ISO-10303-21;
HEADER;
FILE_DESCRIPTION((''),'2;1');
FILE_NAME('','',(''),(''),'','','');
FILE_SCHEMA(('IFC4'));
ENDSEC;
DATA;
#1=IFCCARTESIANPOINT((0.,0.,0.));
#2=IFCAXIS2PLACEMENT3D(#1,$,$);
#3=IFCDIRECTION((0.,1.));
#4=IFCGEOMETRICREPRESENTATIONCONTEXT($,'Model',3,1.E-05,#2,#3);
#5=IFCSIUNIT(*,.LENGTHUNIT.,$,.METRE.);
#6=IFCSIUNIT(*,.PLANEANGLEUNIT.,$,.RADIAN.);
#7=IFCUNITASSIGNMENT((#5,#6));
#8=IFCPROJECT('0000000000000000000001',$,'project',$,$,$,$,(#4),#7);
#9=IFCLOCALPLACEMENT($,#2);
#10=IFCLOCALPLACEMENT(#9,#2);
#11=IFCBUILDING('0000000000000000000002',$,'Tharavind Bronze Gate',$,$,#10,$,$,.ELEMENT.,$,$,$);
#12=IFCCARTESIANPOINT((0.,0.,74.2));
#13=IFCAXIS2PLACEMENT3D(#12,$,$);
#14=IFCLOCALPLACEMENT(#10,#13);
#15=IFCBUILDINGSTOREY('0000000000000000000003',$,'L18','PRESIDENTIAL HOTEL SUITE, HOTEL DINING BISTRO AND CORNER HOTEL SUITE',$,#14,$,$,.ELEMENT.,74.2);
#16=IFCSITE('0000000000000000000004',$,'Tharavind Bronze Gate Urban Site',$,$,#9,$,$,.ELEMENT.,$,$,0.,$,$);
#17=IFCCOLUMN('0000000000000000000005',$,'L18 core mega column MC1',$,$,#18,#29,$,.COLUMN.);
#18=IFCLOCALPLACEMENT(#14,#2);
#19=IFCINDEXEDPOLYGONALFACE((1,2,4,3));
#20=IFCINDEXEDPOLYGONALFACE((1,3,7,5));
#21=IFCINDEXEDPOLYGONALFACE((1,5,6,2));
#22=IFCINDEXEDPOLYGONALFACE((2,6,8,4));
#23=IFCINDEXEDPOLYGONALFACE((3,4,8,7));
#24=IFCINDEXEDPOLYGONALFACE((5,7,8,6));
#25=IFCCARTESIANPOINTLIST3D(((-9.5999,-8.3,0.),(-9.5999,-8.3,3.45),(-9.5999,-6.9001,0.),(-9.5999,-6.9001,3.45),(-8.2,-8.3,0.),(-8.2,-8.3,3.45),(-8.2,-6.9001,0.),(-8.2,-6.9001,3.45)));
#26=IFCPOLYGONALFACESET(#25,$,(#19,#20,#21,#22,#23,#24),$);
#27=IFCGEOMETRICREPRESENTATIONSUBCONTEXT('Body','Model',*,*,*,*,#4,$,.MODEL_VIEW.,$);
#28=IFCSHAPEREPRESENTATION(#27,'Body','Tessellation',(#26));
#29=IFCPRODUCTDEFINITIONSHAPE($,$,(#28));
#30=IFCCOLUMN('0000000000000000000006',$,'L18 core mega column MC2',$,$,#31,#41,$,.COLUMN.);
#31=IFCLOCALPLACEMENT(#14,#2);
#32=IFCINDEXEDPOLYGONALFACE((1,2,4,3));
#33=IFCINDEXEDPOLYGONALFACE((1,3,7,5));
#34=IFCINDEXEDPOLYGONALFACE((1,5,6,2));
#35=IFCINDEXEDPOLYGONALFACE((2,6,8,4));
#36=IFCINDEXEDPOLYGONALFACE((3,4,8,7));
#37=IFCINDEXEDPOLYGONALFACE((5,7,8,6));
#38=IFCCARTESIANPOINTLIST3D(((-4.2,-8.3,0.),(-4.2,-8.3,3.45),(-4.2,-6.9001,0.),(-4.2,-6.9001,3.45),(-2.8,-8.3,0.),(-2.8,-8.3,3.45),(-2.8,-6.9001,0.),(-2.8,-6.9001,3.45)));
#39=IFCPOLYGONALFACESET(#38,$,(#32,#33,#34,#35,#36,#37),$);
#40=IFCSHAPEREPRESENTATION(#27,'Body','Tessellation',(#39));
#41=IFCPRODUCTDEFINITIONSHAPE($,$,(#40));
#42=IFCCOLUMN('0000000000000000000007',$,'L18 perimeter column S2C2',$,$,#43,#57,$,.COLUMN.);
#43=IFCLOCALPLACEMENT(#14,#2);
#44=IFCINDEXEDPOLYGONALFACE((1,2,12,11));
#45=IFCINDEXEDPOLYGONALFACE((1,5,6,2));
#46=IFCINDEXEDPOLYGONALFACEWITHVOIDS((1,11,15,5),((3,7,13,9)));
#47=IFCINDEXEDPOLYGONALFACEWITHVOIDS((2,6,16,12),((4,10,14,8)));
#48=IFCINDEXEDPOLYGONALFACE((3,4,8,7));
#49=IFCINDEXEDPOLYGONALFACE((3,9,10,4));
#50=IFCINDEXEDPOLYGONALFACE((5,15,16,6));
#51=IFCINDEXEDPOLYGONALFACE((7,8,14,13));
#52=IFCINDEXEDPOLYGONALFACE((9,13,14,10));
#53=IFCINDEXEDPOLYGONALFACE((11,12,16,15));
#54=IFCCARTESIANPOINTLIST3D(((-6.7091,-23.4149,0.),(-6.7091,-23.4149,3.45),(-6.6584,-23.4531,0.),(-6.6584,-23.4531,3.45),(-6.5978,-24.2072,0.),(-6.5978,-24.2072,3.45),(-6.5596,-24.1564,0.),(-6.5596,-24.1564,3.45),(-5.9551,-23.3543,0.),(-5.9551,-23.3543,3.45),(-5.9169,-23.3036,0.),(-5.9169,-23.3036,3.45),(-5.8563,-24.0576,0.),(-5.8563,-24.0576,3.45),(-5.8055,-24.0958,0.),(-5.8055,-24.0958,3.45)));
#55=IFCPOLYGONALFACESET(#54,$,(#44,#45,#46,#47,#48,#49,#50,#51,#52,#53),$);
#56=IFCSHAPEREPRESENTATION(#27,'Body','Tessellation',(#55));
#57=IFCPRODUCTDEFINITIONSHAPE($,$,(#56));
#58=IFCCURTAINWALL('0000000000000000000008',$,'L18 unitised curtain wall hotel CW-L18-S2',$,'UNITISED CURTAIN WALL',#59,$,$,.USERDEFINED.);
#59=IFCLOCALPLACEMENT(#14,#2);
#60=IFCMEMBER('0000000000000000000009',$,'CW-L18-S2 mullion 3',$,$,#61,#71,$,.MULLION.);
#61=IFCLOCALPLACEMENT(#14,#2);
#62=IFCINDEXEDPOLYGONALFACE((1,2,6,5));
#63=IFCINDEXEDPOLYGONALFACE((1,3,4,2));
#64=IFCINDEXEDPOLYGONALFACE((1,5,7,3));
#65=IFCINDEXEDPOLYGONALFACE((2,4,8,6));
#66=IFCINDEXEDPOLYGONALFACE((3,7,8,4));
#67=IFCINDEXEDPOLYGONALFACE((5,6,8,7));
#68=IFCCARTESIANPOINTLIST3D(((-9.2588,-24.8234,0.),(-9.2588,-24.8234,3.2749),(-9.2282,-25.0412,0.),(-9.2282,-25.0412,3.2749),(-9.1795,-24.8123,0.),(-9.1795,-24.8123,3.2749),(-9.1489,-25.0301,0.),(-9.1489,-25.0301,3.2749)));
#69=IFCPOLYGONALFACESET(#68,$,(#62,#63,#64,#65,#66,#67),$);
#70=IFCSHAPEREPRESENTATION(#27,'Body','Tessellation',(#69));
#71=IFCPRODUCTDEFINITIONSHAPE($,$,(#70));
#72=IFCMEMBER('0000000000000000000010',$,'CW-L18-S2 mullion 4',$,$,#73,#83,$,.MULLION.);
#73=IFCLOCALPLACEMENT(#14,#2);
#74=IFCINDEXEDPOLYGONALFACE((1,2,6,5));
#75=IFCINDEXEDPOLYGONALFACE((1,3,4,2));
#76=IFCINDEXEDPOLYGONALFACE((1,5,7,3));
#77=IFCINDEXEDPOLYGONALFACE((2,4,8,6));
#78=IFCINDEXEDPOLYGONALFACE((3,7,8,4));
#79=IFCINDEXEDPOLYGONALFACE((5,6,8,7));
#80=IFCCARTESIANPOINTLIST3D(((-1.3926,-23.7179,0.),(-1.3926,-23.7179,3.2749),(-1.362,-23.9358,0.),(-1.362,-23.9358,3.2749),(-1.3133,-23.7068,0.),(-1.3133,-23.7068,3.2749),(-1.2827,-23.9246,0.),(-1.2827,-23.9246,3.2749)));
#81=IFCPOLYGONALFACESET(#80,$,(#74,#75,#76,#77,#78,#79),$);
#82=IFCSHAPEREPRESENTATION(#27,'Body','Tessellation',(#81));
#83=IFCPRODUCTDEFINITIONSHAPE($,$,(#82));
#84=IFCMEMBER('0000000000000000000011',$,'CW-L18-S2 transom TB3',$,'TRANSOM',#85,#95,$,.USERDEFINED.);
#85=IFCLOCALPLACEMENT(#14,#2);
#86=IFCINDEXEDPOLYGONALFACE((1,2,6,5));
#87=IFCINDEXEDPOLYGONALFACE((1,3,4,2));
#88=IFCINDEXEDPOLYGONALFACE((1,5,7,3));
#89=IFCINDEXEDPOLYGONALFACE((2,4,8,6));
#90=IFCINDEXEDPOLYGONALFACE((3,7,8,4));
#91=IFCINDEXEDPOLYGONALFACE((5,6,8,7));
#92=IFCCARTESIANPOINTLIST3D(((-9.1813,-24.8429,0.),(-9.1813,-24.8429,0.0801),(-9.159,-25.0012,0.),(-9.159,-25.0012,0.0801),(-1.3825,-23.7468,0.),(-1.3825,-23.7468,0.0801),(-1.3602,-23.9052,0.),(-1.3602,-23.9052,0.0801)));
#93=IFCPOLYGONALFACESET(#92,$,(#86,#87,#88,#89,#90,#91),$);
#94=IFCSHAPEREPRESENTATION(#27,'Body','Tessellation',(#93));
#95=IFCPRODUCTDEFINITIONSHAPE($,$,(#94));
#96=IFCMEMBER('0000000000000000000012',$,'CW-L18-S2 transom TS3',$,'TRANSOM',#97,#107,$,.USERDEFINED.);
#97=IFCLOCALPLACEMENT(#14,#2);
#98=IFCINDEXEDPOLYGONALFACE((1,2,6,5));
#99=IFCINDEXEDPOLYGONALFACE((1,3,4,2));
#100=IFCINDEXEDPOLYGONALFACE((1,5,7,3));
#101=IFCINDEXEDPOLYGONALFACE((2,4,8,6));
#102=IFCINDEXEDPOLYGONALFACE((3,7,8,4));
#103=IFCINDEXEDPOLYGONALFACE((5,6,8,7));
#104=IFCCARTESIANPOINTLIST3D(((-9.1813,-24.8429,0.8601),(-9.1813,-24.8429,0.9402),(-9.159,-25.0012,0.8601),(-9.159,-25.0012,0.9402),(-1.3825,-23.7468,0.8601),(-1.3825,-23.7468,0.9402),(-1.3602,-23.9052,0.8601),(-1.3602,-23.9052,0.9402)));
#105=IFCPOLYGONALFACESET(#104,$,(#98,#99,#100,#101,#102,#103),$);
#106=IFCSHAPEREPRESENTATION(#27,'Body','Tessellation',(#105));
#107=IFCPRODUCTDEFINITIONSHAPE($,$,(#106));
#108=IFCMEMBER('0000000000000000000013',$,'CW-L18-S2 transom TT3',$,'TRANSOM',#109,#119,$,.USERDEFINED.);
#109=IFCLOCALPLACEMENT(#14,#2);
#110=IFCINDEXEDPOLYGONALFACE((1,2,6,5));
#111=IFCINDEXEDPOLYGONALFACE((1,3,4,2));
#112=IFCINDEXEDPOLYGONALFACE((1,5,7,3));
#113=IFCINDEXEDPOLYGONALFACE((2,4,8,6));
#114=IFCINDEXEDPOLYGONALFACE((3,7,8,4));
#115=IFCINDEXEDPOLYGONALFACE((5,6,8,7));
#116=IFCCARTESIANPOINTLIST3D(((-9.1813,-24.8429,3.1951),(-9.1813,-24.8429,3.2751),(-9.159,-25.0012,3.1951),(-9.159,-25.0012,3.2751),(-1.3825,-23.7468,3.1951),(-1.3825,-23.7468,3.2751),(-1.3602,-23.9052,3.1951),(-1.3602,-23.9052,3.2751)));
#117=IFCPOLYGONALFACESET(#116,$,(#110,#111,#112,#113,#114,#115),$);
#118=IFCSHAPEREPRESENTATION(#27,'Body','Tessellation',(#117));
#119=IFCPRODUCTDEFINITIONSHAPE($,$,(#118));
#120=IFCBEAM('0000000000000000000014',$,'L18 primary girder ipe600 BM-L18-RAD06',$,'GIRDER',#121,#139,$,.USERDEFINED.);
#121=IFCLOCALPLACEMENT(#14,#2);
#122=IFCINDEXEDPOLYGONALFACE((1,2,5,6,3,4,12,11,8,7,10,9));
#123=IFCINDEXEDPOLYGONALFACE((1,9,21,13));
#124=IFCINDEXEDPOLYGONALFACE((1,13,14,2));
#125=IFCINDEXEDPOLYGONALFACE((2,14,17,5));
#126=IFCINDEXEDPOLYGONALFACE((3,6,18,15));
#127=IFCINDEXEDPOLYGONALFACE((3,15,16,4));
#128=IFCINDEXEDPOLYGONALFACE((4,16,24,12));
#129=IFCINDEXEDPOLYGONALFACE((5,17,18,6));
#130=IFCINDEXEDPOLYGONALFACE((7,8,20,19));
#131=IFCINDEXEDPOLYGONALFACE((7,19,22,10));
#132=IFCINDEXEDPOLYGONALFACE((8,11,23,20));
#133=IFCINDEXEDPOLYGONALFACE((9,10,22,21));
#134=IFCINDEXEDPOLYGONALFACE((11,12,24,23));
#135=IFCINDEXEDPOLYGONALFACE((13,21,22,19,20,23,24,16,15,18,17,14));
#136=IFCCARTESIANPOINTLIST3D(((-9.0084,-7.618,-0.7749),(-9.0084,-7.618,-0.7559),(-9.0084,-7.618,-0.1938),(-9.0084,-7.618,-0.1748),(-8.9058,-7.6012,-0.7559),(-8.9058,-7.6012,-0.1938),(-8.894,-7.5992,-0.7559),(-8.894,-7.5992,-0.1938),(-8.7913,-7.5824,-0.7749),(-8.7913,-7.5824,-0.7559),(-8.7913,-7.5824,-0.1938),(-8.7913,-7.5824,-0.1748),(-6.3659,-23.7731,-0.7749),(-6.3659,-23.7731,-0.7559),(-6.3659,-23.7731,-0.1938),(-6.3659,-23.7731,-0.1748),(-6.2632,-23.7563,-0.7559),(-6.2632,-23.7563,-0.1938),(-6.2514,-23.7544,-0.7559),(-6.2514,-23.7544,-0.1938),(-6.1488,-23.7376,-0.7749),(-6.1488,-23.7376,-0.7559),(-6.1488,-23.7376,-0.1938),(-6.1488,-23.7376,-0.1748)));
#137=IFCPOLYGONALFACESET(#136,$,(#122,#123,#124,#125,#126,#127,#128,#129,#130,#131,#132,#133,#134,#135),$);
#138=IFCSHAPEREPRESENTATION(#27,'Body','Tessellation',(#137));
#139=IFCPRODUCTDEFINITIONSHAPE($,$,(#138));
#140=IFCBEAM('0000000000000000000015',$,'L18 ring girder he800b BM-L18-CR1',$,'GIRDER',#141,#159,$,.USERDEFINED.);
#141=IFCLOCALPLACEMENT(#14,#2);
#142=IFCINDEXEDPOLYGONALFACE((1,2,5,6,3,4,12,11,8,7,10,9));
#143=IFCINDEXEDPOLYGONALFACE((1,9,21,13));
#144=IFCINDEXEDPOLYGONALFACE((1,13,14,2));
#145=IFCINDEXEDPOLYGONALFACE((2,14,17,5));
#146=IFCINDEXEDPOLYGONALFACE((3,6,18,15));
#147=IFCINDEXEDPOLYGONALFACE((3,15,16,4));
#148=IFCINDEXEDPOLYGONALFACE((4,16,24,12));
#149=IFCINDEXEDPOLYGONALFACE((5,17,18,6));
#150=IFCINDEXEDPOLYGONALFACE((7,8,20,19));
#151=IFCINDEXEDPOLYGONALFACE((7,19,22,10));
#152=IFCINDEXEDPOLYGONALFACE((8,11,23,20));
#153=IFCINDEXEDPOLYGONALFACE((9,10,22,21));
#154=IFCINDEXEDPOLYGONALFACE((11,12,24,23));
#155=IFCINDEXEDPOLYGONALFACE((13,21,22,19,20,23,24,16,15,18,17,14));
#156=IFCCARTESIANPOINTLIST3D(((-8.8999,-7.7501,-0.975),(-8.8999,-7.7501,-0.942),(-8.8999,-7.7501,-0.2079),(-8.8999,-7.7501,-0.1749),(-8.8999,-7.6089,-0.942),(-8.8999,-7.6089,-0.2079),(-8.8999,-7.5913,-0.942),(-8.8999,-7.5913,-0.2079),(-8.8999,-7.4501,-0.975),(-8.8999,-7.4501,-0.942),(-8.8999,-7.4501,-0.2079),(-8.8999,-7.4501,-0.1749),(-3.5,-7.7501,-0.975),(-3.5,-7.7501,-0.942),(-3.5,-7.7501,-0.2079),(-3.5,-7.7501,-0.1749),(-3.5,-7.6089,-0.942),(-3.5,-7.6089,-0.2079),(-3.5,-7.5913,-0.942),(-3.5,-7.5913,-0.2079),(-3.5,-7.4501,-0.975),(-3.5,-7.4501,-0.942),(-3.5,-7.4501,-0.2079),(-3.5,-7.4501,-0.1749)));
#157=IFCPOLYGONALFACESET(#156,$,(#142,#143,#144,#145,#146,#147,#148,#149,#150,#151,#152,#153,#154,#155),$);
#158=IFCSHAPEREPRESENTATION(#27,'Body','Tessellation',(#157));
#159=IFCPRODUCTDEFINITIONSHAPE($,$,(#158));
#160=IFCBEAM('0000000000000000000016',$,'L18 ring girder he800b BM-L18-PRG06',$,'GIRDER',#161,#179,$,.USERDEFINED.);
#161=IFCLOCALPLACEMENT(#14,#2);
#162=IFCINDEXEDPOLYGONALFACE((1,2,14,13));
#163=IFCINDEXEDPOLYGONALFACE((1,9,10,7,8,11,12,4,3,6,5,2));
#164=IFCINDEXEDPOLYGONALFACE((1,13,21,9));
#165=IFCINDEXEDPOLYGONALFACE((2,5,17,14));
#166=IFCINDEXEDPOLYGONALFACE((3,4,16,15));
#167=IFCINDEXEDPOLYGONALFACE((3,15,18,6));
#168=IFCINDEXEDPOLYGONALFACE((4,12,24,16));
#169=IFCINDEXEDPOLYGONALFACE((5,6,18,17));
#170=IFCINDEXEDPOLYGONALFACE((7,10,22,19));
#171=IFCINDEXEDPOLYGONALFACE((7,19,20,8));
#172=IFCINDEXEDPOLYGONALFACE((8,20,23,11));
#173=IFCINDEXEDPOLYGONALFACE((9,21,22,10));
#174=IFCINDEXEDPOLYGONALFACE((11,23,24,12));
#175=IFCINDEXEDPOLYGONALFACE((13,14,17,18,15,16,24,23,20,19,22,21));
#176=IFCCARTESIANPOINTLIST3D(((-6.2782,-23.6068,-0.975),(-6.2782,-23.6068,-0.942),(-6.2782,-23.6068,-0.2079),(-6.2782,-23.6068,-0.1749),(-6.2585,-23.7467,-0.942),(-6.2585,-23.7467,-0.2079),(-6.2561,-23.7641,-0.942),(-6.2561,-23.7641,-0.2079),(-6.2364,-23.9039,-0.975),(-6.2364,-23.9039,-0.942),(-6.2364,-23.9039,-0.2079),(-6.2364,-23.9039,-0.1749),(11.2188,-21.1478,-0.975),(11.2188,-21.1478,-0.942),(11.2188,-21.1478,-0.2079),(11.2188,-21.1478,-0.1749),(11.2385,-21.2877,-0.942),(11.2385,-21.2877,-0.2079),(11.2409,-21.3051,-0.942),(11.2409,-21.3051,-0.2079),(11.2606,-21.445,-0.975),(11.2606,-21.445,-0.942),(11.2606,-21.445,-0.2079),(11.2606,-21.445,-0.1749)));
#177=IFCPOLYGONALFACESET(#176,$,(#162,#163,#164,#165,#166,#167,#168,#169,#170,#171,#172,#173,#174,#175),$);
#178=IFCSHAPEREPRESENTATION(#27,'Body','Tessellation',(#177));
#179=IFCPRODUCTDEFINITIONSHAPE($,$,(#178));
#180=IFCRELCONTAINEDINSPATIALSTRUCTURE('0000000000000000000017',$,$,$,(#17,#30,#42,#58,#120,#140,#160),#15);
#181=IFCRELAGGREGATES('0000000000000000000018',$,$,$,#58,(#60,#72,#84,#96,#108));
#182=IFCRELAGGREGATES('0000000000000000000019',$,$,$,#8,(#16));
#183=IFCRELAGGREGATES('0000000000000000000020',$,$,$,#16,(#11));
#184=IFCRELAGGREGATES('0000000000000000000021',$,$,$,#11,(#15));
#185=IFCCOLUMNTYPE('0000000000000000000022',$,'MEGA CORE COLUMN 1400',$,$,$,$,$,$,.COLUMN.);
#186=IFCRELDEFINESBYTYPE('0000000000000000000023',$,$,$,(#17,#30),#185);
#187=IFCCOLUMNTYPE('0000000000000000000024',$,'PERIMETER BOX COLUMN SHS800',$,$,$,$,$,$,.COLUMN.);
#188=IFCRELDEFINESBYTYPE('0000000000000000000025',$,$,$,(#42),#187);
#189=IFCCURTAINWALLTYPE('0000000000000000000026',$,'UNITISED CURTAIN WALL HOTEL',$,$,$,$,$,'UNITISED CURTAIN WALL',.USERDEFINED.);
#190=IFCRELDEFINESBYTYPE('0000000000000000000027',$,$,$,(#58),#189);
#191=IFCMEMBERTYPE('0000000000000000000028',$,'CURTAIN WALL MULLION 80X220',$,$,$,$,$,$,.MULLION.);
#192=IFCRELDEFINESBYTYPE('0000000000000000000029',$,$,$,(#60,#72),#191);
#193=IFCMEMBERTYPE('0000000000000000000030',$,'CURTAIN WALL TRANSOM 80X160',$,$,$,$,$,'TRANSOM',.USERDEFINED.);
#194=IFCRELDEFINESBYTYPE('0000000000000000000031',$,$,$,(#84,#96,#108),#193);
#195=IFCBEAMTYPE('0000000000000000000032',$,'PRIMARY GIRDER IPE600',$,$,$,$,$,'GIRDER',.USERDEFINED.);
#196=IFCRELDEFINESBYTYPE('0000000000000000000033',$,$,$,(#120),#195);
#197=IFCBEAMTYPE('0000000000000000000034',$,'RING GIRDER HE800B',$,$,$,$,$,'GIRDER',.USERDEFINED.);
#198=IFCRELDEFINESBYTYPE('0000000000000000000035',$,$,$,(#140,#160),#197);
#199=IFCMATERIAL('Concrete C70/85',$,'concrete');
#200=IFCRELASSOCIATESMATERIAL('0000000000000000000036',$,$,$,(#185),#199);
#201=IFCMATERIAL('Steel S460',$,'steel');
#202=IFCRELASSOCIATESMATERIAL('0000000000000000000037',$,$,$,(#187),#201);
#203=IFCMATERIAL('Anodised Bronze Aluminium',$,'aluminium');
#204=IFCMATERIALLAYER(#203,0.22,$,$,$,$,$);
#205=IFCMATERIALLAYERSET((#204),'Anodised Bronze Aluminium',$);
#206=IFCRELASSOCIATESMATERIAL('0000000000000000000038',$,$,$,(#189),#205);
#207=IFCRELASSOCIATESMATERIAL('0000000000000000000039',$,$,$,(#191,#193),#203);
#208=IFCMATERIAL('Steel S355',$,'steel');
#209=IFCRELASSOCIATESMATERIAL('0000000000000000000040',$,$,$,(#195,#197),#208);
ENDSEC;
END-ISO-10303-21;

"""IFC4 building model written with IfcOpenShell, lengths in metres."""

from ifc_helpers import new_model, si_unit, direction, frame, origin, origin_2d, place, context, subcontext, project, spatial, rectangle, hollow_rectangle, i_section, extrude, material, layer, layer_set, material_profile, profile_set, type_object, element, aggregate, save


model = new_model("IFC4")

# Units and contexts
model_context = context("Model", 3, precision=1e-05, world=origin(), true_north=direction((0.0, 1.0)))
body_context = subcontext(model_context, "Body", "Model", "MODEL_VIEW")
ifc_project = project(units=[si_unit("LENGTHUNIT", "METRE"), si_unit("PLANEANGLEUNIT", "RADIAN")], contexts=[model_context])

# Site, building, storey
site_placement = place(None, origin())
site = spatial("IfcSite", under=ifc_project, at=site_placement, Name="Tharavind Bronze Gate Urban Site", CompositionType="ELEMENT", RefElevation=0.0)
building_placement = place(site_placement, origin())
building = spatial("IfcBuilding", under=site, at=building_placement, Name="Tharavind Bronze Gate", CompositionType="ELEMENT")
storey_placement = place(building_placement, frame((0.0, 0.0, 74.2)))
storey = spatial("IfcBuildingStorey", under=building, at=storey_placement, Name="L18", Description="PRESIDENTIAL HOTEL SUITE, HOTEL DINING BISTRO AND CORNER HOTEL SUITE", CompositionType="ELEMENT", Elevation=74.2)

# Columns
ifc_material_1 = material(Name="Concrete C70/85", Category="concrete")
ifc_material_profile_1 = material_profile(ifc_material_1, rectangle(XDim=1.3999, YDim=1.3999, at=origin_2d()), Name="RCCOL1400")
ifc_profile_set_1 = profile_set([ifc_material_profile_1], Name="Concrete C70/85")
column_type_1 = type_object("IfcColumnType", Name="MEGA CORE COLUMN 1400", PredefinedType="COLUMN", material=ifc_profile_set_1)
for number, where, z_axis, x_axis, name in (
    (1, (-8.8999, -7.6001, 0.0), (0.0, 0.0, 1.0), (1.0, 0.0, 0.0), "L18 core mega column MC1"),
    (2, (-3.5, -7.6001, 0.0), (0.0, 0.0, 1.0), (1.0, 0.0, 0.0), "L18 core mega column MC2"),
):
    element("IfcColumn", number, at=place(storey_placement, frame(where, z_axis=z_axis, x_axis=x_axis)), inside=storey, type_object=column_type_1, Name=name, PredefinedType="COLUMN", context=body_context, shape_type="SweptSolid", body=[
        extrude(rectangle(XDim=1.3999, YDim=1.3999, at=origin_2d()), origin(), (0.0, 0.0, 1.0), 3.45),
    ])
ifc_material_2 = material(Name="Steel S460", Category="steel")
ifc_material_profile_2 = material_profile(ifc_material_2, hollow_rectangle(XDim=0.8, YDim=0.8, WallThickness=0.0449, at=origin_2d()), Name="SHS800X45")
ifc_profile_set_2 = profile_set([ifc_material_profile_2], Name="Steel S460")
column_type_2 = type_object("IfcColumnType", Name="PERIMETER BOX COLUMN SHS800", PredefinedType="COLUMN", material=ifc_profile_set_2)
column_placement = place(storey_placement, frame((-6.2573, -23.7554, 0.0), z_axis=(0.0, 0.0, 1.0), x_axis=(0.990268, 0.139173, 0.0)))
element("IfcColumn", 3, at=column_placement, inside=storey, type_object=column_type_2, Name="L18 perimeter column S2C2", PredefinedType="COLUMN", context=body_context, shape_type="SweptSolid", body=[
    extrude(hollow_rectangle(XDim=0.8, YDim=0.8, WallThickness=0.0449, at=origin_2d()), origin(), (0.0, 0.0, 1.0), 3.45),
])

# Curtain wall, members
ifc_material_3 = material(Name="Anodised Bronze Aluminium", Category="aluminium")
ifc_layer_1 = layer(ifc_material_3, 0.22)
ifc_layer_set_1 = layer_set([ifc_layer_1], Name="Anodised Bronze Aluminium")
curtain_wall_type = type_object("IfcCurtainWallType", Name="UNITISED CURTAIN WALL HOTEL", ElementType="UNITISED CURTAIN WALL", PredefinedType="USERDEFINED", material=ifc_layer_set_1)
curtain_wall_placement = place(storey_placement, origin())
curtain_wall = element("IfcCurtainWall", 4, at=curtain_wall_placement, inside=storey, type_object=curtain_wall_type, Name="L18 unitised curtain wall hotel CW-L18-S2", ObjectType="UNITISED CURTAIN WALL", PredefinedType="USERDEFINED")
member_type_1 = type_object("IfcMemberType", Name="CURTAIN WALL MULLION 80X220", PredefinedType="MULLION", material=ifc_material_3)
member_1_placement = place(storey_placement, frame((-9.2039, -24.9268, 0.0), z_axis=(0.0, 0.0, 1.0), x_axis=(0.990268, 0.139173, 0.0)))
member_1 = element("IfcMember", 5, at=member_1_placement, type_object=member_type_1, Name="CW-L18-S2 mullion 3", PredefinedType="MULLION", context=body_context, shape_type="SweptSolid", body=[
    extrude(rectangle(XDim=0.0801, YDim=0.22, at=origin_2d()), origin(), (0.0, 0.0, 1.0), 3.2749),
])
member_2_placement = place(storey_placement, frame((-1.3376, -23.8213, 0.0), z_axis=(0.0, 0.0, 1.0), x_axis=(0.990268, 0.139173, 0.0)))
member_2 = element("IfcMember", 6, at=member_2_placement, type_object=member_type_1, Name="CW-L18-S2 mullion 4", PredefinedType="MULLION", context=body_context, shape_type="SweptSolid", body=[
    extrude(rectangle(XDim=0.0801, YDim=0.22, at=origin_2d()), origin(), (0.0, 0.0, 1.0), 3.2749),
])
member_type_2 = type_object("IfcMemberType", Name="CURTAIN WALL TRANSOM 80X160", ElementType="TRANSOM", PredefinedType="USERDEFINED", material=ifc_material_3)
member_3_placement = place(storey_placement, frame((-5.2708, -24.374, 0.0), z_axis=(0.0, 0.0, 1.0), x_axis=(0.990268, 0.139173, 0.0)))
member_3 = element("IfcMember", 7, at=member_3_placement, type_object=member_type_2, Name="CW-L18-S2 transom TB3", ObjectType="TRANSOM", PredefinedType="USERDEFINED", context=body_context, shape_type="SweptSolid", body=[
    extrude(rectangle(XDim=7.8755, YDim=0.1599, at=origin_2d()), origin(), (0.0, 0.0, 1.0), 0.0801),
])
member_4_placement = place(storey_placement, frame((-5.2708, -24.374, 0.8601), z_axis=(0.0, 0.0, 1.0), x_axis=(0.990268, 0.139173, 0.0)))
member_4 = element("IfcMember", 8, at=member_4_placement, type_object=member_type_2, Name="CW-L18-S2 transom TS3", ObjectType="TRANSOM", PredefinedType="USERDEFINED", context=body_context, shape_type="SweptSolid", body=[
    extrude(rectangle(XDim=7.8755, YDim=0.1599, at=origin_2d()), origin(), (0.0, 0.0, 1.0), 0.0801),
])
member_5_placement = place(storey_placement, frame((-5.2708, -24.374, 3.1951), z_axis=(0.0, 0.0, 1.0), x_axis=(0.990268, 0.139173, 0.0)))
member_5 = element("IfcMember", 9, at=member_5_placement, type_object=member_type_2, Name="CW-L18-S2 transom TT3", ObjectType="TRANSOM", PredefinedType="USERDEFINED", context=body_context, shape_type="SweptSolid", body=[
    extrude(rectangle(XDim=7.8755, YDim=0.1599, at=origin_2d()), origin(), (0.0, 0.0, 1.0), 0.0801),
])

# Beams
ifc_material_4 = material(Name="Steel S355", Category="steel")
ifc_material_profile_3 = material_profile(ifc_material_4, i_section(OverallWidth=0.22, OverallDepth=0.6001, WebThickness=0.012, FlangeThickness=0.019, at=origin_2d()), Name="IPE600")
ifc_profile_set_3 = profile_set([ifc_material_profile_3], Name="Steel S355")
beam_type_1 = type_object("IfcBeamType", Name="PRIMARY GIRDER IPE600", ElementType="GIRDER", PredefinedType="USERDEFINED", material=ifc_profile_set_3)
beam_1_placement = place(storey_placement, frame((-6.2573, -23.7554, -0.4749), z_axis=(-0.161428, 0.986884, 0.0), x_axis=(-0.986884, -0.161428, 0.0)))
element("IfcBeam", 10, at=beam_1_placement, inside=storey, type_object=beam_type_1, Name="L18 primary girder ipe600 BM-L18-RAD06", ObjectType="GIRDER", PredefinedType="USERDEFINED", context=body_context, shape_type="SweptSolid", body=[
    extrude(i_section(OverallWidth=0.22, OverallDepth=0.6001, WebThickness=0.012, FlangeThickness=0.019, at=origin_2d()), origin(), (0.0, 0.0, 1.0), 16.3699),
])
ifc_material_profile_4 = material_profile(ifc_material_4, i_section(OverallWidth=0.3, OverallDepth=0.8, WebThickness=0.0176, FlangeThickness=0.033, at=origin_2d()), Name="HE800B")
ifc_profile_set_4 = profile_set([ifc_material_profile_4], Name="Steel S355")
beam_type_2 = type_object("IfcBeamType", Name="RING GIRDER HE800B", ElementType="GIRDER", PredefinedType="USERDEFINED", material=ifc_profile_set_4)
beam_2_placement = place(storey_placement, frame((-8.8999, -7.6001, -0.575), z_axis=(1.0, 0.0, 0.0), x_axis=(0.0, 1.0, 0.0)))
element("IfcBeam", 11, at=beam_2_placement, inside=storey, type_object=beam_type_2, Name="L18 ring girder he800b BM-L18-CR1", ObjectType="GIRDER", PredefinedType="USERDEFINED", context=body_context, shape_type="SweptSolid", body=[
    extrude(i_section(OverallWidth=0.3, OverallDepth=0.8, WebThickness=0.0176, FlangeThickness=0.033, at=origin_2d()), origin(), (0.0, 0.0, 1.0), 5.3999),
])
beam_3_placement = place(storey_placement, frame((-6.2573, -23.7554, -0.575), z_axis=(0.990269, 0.139169, 0.0), x_axis=(-0.139169, 0.990269, 0.0)))
element("IfcBeam", 12, at=beam_3_placement, inside=storey, type_object=beam_type_2, Name="L18 ring girder he800b BM-L18-PRG06", ObjectType="GIRDER", PredefinedType="USERDEFINED", context=body_context, shape_type="SweptSolid", body=[
    extrude(i_section(OverallWidth=0.3, OverallDepth=0.8, WebThickness=0.0176, FlangeThickness=0.033, at=origin_2d()), origin(), (0.0, 0.0, 1.0), 17.6689),
])

aggregate(curtain_wall, [member_1, member_2, member_3, member_4, member_5])

save(model, "model.ifc")
